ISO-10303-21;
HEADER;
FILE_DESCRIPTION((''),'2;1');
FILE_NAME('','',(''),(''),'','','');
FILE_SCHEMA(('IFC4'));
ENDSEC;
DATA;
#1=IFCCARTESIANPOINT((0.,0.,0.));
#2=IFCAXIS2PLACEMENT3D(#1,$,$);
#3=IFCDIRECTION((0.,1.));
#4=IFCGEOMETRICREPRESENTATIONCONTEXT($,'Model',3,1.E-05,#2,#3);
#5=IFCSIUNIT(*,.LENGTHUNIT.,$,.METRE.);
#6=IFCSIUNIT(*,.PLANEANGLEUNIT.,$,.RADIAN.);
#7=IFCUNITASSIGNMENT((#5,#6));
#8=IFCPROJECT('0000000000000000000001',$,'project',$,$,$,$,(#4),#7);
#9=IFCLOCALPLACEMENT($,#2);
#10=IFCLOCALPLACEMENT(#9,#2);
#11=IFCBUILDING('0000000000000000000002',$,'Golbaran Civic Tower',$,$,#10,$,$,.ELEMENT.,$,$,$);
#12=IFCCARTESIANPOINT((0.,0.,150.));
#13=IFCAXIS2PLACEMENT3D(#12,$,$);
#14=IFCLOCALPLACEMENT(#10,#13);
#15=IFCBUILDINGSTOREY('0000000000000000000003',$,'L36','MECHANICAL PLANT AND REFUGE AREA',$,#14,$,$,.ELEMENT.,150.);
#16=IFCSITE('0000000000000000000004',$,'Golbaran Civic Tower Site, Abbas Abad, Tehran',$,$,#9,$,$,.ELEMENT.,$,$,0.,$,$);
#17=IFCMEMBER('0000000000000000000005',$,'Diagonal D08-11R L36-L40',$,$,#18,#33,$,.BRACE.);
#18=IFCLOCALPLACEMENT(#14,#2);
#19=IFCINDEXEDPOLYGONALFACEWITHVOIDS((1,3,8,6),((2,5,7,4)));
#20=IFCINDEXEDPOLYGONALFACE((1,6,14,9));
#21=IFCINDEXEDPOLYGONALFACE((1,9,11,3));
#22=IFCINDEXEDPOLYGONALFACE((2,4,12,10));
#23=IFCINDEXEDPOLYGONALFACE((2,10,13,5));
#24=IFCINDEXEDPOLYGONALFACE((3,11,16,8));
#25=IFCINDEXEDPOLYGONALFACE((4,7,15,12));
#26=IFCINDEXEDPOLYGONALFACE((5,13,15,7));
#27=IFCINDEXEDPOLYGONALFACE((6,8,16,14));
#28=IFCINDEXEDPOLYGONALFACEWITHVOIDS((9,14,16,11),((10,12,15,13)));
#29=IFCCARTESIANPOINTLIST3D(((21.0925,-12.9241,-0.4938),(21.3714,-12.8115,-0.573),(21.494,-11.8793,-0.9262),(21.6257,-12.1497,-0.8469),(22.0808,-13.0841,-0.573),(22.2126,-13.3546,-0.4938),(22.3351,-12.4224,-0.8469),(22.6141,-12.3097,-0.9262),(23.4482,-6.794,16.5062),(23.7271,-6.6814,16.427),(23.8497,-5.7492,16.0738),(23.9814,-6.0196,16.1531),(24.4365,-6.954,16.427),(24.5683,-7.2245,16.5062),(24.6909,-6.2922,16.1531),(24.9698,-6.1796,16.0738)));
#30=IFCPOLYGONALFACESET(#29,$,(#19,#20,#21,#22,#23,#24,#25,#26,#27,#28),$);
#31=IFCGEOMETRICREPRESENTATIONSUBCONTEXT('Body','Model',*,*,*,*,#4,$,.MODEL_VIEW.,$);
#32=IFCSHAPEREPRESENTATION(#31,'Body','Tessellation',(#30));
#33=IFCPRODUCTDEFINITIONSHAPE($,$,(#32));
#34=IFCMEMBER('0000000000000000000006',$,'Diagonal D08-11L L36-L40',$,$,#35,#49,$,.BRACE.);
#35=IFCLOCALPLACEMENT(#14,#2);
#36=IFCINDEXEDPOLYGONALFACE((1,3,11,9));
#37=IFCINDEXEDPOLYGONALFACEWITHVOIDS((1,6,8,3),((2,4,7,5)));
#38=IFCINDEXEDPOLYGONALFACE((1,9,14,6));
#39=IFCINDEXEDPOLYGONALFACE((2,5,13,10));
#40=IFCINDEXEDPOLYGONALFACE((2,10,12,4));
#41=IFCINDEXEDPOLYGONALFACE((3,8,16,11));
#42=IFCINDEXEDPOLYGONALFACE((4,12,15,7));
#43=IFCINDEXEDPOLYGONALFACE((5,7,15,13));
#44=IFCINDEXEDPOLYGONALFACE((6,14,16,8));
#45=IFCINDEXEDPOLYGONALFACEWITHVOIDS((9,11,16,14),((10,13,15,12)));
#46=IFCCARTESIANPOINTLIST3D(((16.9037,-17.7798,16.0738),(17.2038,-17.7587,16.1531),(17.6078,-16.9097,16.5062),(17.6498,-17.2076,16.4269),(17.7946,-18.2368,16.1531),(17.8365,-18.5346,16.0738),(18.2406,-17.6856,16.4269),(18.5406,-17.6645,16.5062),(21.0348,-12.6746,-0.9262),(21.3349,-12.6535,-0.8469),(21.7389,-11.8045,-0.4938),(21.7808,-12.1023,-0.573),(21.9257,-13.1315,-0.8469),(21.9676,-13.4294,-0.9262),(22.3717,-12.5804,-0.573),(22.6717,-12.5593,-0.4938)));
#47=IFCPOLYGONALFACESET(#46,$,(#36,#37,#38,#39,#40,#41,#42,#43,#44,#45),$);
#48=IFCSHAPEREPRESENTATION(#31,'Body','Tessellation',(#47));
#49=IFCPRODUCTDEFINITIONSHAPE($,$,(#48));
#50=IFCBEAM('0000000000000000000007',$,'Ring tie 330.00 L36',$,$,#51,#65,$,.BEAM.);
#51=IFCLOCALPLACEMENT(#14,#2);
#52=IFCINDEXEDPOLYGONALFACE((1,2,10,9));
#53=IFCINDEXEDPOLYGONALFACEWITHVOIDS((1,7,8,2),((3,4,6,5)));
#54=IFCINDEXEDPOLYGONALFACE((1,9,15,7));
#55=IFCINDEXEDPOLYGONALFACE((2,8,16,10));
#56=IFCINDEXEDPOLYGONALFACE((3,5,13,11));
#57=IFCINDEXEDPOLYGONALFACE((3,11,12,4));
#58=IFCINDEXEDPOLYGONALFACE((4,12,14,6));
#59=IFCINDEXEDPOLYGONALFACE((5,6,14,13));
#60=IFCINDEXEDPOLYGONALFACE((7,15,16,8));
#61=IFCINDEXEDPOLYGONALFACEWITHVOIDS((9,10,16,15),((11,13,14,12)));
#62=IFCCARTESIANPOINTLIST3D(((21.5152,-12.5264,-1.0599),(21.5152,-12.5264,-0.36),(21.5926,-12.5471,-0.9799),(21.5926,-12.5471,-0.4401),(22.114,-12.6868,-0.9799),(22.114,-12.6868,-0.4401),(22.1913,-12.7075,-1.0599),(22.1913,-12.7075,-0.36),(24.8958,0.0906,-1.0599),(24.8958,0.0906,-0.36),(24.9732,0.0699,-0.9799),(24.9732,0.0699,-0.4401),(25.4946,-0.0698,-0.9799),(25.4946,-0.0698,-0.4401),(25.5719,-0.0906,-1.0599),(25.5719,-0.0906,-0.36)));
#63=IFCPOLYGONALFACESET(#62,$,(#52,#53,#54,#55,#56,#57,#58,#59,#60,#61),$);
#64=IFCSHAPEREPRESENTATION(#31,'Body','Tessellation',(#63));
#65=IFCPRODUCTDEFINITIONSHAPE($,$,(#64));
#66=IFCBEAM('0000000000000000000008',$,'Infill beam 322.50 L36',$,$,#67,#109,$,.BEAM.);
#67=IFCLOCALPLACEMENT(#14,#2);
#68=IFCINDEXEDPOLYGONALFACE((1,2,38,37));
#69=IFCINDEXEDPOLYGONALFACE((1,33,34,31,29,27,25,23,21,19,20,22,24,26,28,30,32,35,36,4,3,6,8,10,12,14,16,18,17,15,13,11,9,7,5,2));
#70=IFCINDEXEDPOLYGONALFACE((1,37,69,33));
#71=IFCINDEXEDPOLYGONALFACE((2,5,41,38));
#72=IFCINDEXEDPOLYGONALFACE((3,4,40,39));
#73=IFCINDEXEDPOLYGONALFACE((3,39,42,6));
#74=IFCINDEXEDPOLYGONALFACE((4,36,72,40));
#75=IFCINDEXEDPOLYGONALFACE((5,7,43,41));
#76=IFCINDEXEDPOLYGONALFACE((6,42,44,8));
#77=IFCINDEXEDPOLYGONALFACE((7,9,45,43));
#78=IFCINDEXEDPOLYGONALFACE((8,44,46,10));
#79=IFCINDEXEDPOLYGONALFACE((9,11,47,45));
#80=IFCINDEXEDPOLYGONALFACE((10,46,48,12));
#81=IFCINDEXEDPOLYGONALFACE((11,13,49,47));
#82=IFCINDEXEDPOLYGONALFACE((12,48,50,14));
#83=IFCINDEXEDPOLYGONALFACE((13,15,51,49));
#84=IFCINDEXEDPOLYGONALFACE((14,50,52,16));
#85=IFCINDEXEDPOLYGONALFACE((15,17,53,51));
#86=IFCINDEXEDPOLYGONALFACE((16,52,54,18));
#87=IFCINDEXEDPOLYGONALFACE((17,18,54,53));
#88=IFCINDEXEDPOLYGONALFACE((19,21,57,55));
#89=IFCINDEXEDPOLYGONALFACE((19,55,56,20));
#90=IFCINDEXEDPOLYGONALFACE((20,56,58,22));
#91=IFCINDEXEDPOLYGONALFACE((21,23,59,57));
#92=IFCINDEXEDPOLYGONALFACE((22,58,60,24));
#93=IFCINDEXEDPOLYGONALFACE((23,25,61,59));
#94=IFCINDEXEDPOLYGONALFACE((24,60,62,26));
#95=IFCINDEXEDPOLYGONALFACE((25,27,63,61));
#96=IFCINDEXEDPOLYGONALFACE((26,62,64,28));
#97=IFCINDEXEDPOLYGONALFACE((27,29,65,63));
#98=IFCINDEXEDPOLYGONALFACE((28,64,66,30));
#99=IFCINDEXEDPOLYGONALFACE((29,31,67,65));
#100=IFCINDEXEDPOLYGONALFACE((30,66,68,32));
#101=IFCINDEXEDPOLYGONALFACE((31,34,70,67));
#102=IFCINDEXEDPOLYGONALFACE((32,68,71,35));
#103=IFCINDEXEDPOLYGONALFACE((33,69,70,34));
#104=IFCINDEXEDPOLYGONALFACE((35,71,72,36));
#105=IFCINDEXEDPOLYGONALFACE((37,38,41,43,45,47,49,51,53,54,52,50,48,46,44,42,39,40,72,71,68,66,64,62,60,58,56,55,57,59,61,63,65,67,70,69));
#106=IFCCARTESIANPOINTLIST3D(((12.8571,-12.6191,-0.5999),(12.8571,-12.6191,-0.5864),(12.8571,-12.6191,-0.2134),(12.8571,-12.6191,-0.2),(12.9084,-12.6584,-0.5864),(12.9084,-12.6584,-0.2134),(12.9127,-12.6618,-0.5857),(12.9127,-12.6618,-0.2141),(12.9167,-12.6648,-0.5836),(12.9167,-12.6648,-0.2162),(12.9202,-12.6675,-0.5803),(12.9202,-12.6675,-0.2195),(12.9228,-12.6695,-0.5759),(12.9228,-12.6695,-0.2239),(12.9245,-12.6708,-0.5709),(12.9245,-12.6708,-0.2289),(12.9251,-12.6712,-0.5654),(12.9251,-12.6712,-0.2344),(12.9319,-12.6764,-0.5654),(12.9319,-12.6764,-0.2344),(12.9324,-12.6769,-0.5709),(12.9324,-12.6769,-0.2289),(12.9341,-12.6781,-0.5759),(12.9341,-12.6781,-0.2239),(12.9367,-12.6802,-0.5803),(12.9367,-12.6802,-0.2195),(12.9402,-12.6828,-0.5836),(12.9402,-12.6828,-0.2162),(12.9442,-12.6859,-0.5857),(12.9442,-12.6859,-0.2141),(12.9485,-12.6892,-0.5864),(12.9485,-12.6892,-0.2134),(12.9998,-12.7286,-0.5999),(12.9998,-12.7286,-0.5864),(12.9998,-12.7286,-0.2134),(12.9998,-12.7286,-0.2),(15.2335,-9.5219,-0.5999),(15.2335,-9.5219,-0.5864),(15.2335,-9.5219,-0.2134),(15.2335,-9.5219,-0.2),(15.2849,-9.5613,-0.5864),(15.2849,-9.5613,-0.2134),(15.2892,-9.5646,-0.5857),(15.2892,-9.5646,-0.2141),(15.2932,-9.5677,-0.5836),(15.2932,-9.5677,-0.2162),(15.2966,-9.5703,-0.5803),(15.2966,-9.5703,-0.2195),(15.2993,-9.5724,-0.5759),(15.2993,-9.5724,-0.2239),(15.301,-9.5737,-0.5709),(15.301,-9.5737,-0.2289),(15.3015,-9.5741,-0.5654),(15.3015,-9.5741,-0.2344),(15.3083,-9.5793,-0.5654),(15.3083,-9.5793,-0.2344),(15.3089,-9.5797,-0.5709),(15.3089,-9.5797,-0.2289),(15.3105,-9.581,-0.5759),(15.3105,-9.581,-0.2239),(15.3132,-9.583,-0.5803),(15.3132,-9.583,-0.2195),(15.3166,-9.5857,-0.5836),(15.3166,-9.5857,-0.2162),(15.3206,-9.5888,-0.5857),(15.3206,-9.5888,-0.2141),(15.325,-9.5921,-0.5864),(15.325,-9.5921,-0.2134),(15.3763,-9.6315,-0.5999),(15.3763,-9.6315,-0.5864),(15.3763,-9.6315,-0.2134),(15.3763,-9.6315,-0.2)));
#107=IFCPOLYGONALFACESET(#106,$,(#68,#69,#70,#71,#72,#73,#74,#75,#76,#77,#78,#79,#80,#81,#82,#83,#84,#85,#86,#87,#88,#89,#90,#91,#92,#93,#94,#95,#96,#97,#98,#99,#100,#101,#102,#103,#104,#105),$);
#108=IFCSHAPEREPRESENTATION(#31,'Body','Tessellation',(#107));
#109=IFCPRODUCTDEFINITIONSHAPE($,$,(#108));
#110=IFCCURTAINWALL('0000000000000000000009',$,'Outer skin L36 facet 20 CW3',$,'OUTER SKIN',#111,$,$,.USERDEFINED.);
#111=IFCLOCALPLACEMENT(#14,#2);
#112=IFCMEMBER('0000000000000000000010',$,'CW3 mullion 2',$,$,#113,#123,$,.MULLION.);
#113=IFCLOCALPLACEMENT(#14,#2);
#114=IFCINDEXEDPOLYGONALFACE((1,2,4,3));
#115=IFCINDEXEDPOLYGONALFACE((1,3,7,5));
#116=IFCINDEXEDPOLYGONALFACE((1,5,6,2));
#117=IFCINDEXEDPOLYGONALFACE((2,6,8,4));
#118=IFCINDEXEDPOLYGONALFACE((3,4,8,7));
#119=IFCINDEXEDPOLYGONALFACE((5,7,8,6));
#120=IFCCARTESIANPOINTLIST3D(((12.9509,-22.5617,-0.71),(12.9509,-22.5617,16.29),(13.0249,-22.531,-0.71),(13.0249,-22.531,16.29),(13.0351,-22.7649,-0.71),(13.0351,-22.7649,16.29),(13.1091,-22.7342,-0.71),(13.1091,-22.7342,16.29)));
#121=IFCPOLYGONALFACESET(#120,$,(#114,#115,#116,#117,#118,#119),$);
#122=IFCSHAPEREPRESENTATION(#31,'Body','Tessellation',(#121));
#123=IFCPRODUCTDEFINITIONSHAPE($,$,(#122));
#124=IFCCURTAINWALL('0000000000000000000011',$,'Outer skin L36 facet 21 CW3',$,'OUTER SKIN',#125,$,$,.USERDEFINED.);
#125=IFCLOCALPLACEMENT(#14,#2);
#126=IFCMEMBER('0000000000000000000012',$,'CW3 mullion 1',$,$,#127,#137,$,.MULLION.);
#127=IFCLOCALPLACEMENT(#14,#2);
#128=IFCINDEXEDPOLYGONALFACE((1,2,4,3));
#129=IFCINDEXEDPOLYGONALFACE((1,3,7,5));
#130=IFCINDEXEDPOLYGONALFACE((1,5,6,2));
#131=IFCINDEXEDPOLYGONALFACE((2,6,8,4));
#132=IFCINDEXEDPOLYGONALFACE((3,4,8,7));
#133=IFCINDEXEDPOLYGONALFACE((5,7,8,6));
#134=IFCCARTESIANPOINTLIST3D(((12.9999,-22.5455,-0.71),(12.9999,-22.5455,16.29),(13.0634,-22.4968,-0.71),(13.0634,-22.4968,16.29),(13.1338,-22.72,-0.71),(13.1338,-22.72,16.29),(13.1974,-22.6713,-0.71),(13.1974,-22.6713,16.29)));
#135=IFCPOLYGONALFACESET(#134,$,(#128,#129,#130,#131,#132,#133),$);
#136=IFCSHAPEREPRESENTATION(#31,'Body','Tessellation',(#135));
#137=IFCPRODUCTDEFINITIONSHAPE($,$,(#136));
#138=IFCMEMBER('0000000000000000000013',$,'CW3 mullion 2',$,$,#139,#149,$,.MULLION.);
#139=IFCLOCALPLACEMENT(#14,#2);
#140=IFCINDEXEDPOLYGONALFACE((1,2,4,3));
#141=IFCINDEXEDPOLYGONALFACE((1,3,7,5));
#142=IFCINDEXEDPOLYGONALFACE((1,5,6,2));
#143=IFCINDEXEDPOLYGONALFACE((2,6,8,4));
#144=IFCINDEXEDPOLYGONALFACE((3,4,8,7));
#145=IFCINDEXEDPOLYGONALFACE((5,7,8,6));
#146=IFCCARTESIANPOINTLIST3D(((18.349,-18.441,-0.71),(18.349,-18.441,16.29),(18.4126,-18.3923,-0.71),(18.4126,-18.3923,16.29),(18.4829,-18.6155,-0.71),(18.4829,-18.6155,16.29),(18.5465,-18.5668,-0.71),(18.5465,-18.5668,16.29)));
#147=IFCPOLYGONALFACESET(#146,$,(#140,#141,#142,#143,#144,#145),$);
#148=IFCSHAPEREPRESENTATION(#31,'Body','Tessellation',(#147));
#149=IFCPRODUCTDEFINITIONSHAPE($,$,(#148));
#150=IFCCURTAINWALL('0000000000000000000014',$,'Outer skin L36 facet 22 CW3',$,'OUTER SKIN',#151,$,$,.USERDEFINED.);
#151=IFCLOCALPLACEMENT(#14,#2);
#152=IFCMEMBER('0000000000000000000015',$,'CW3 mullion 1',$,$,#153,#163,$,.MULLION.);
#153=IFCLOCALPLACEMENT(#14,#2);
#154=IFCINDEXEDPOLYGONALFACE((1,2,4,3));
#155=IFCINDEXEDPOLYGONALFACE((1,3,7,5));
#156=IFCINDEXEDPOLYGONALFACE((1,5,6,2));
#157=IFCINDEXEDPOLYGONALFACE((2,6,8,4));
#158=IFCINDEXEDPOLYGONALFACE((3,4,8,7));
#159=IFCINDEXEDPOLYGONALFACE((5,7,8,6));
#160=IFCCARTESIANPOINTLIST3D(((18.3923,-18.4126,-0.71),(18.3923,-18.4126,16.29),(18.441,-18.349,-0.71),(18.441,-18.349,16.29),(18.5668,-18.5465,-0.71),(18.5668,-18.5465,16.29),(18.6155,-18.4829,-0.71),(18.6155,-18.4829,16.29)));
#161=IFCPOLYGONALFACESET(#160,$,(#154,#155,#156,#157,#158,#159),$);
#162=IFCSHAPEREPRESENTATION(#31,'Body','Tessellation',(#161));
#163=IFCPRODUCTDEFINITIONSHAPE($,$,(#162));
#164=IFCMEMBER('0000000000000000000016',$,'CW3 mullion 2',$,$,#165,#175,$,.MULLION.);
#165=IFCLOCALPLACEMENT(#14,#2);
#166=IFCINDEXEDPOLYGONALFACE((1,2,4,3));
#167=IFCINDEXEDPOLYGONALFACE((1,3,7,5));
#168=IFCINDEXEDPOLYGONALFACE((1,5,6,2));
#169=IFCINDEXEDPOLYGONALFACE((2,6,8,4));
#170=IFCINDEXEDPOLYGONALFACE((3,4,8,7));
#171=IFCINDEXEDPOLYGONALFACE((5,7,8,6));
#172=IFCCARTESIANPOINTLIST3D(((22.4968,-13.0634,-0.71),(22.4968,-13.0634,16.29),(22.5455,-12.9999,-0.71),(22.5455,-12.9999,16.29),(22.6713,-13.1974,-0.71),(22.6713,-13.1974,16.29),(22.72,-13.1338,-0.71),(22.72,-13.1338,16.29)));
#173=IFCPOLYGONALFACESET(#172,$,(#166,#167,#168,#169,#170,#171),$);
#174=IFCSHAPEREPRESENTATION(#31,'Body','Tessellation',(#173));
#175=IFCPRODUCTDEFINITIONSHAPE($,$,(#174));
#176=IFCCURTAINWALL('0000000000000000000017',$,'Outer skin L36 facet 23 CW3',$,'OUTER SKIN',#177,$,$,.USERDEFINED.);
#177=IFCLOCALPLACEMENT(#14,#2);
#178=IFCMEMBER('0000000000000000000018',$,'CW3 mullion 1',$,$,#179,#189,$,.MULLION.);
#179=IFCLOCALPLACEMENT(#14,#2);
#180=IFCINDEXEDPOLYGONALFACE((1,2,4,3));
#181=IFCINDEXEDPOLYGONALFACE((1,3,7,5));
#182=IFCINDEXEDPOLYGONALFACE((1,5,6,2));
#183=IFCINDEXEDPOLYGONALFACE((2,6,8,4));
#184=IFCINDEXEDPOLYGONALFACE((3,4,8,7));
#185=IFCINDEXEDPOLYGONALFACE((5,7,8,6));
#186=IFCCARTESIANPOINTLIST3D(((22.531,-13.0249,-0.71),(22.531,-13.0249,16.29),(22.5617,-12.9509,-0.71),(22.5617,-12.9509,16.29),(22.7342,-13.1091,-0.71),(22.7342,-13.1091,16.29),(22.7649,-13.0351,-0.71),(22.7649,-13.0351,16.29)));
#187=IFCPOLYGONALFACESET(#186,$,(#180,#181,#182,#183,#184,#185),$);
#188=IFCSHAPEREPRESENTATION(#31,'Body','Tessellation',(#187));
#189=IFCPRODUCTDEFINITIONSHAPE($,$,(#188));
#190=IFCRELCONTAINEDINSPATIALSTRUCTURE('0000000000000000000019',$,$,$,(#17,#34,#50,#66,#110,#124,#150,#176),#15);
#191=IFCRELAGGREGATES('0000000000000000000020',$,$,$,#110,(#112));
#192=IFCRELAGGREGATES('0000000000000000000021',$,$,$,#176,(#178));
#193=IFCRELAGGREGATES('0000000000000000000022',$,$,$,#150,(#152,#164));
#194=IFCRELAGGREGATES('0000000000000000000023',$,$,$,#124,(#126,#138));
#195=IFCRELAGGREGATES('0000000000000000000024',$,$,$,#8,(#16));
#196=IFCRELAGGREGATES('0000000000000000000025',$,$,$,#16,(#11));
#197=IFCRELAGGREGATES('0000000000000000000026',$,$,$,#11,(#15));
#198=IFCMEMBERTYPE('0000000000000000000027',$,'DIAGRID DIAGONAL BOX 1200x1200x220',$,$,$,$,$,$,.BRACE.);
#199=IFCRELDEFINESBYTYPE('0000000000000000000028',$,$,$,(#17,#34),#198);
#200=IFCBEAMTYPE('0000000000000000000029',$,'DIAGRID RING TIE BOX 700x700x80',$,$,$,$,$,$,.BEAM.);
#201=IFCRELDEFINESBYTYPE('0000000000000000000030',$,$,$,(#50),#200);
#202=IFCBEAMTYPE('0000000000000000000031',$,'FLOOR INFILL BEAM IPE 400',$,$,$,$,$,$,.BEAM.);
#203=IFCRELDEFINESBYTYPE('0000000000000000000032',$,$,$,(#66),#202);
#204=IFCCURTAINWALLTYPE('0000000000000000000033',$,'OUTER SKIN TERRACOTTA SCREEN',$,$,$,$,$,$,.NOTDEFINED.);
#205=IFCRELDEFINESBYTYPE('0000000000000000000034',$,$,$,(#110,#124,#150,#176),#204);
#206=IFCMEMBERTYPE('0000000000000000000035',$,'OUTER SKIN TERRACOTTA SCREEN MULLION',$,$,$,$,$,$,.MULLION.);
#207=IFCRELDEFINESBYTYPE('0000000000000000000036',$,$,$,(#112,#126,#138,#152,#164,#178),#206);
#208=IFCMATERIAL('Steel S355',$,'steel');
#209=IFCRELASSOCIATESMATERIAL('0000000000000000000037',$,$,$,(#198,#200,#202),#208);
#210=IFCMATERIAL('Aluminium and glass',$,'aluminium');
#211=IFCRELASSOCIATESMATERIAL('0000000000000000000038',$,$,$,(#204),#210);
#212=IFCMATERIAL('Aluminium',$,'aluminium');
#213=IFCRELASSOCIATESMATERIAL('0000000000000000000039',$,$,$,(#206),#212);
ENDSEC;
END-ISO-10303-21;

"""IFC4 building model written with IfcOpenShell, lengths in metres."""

from ifc_helpers import new_model, si_unit, direction, frame, origin, origin_2d, place, context, subcontext, project, spatial, rectangle, hollow_rectangle, i_section, extrude, material, material_profile, profile_set, type_object, element, aggregate, save


model = new_model("IFC4")

# Units and contexts
model_context = context("Model", 3, precision=1e-05, world=origin(), true_north=direction((0.0, 1.0)))
body_context = subcontext(model_context, "Body", "Model", "MODEL_VIEW")
ifc_project = project(units=[si_unit("LENGTHUNIT", "METRE"), si_unit("PLANEANGLEUNIT", "RADIAN")], contexts=[model_context])

# Site, building, storey
site_placement = place(None, origin())
site = spatial("IfcSite", under=ifc_project, at=site_placement, Name="Golbaran Civic Tower Site, Abbas Abad, Tehran", CompositionType="ELEMENT", RefElevation=0.0)
building_placement = place(site_placement, origin())
building = spatial("IfcBuilding", under=site, at=building_placement, Name="Golbaran Civic Tower", CompositionType="ELEMENT")
storey_placement = place(building_placement, frame((0.0, 0.0, 150.0)))
storey = spatial("IfcBuildingStorey", under=building, at=storey_placement, Name="L36", Description="MECHANICAL PLANT AND REFUGE AREA", CompositionType="ELEMENT", Elevation=150.0)

# Members
ifc_material_1 = material(Name="Steel S355", Category="steel")
ifc_material_profile_1 = material_profile(ifc_material_1, hollow_rectangle(XDim=1.2, YDim=1.2, WallThickness=0.22, at=origin_2d()), Name="BOX 1200x1200x220")
ifc_profile_set_1 = profile_set([ifc_material_profile_1], Name="Steel S355")
member_type_1 = type_object("IfcMemberType", Name="DIAGRID DIAGONAL BOX 1200x1200x220", PredefinedType="BRACE", material=ifc_profile_set_1)
for number, where, z_axis, x_axis, name in (
    (1, (21.8533, -12.6169, -0.71), (0.129262, 0.33637, 0.932817), (-0.933449, 0.35871, 0.0), "Diagonal D08-11R L36-L40"),
    (2, (21.8533, -12.6169, -0.71), (-0.22668, -0.280131, 0.932815), (0.777371, -0.629042, 0.0), "Diagonal D08-11L L36-L40"),
):
    element("IfcMember", number, at=place(storey_placement, frame(where, z_axis=z_axis, x_axis=x_axis)), inside=storey, type_object=member_type_1, Name=name, PredefinedType="BRACE", context=body_context, shape_type="SweptSolid", body=[
        extrude(hollow_rectangle(XDim=1.2, YDim=1.2, WallThickness=0.22, at=origin_2d()), origin(), (0.0, 0.0, 1.0), 18.2244),
    ])

# Beams
ifc_material_profile_2 = material_profile(ifc_material_1, hollow_rectangle(XDim=0.7, YDim=0.7, WallThickness=0.0801, at=origin_2d()), Name="BOX 700x700x80")
ifc_profile_set_2 = profile_set([ifc_material_profile_2], Name="Steel S355")
beam_type_1 = type_object("IfcBeamType", Name="DIAGRID RING TIE BOX 700x700x80", PredefinedType="BEAM", material=ifc_profile_set_2)
beam_1_placement = place(storey_placement, frame((21.8533, -12.6169, -0.71), z_axis=(0.258813, 0.965927, 0.0), x_axis=(-0.965927, 0.258813, 0.0)))
element("IfcBeam", 3, at=beam_1_placement, inside=storey, type_object=beam_type_1, Name="Ring tie 330.00 L36", PredefinedType="BEAM", context=body_context, shape_type="SweptSolid", body=[
    extrude(hollow_rectangle(XDim=0.7, YDim=0.7, WallThickness=0.0801, at=origin_2d()), origin(), (0.0, 0.0, 1.0), 13.062),
])
ifc_material_profile_3 = material_profile(ifc_material_1, i_section(OverallWidth=0.1799, OverallDepth=0.3999, WebThickness=0.0085, FlangeThickness=0.0134, FilletRadius=0.021, at=origin_2d()), Name="IPE 400")
ifc_profile_set_3 = profile_set([ifc_material_profile_3], Name="Steel S355")
beam_type_2 = type_object("IfcBeamType", Name="FLOOR INFILL BEAM IPE 400", PredefinedType="BEAM", material=ifc_profile_set_3)
beam_2_placement = place(storey_placement, frame((12.9285, -12.6738, -0.3999), z_axis=(0.608749, 0.793363, 0.0), x_axis=(-0.793363, 0.608749, 0.0)))
element("IfcBeam", 4, at=beam_2_placement, inside=storey, type_object=beam_type_2, Name="Infill beam 322.50 L36", PredefinedType="BEAM", context=body_context, shape_type="SweptSolid", body=[
    extrude(i_section(OverallWidth=0.1799, OverallDepth=0.3999, WebThickness=0.0085, FlangeThickness=0.0134, FilletRadius=0.021, at=origin_2d()), origin(), (0.0, 0.0, 1.0), 3.9038),
])

# Curtain wall, member
ifc_material_2 = material(Name="Aluminium and glass", Category="aluminium")
curtain_wall_type_1 = type_object("IfcCurtainWallType", Name="OUTER SKIN TERRACOTTA SCREEN", PredefinedType="NOTDEFINED", material=ifc_material_2)
curtain_wall_1_placement = place(storey_placement, origin())
curtain_wall_1 = element("IfcCurtainWall", 5, at=curtain_wall_1_placement, inside=storey, type_object=curtain_wall_type_1, Name="Outer skin L36 facet 20 CW3", ObjectType="OUTER SKIN", PredefinedType="USERDEFINED")
ifc_material_3 = material(Name="Aluminium", Category="aluminium")
ifc_material_profile_4 = material_profile(ifc_material_3, rectangle(XDim=0.22, YDim=0.0801, at=origin_2d()), Name="OUTER SKIN TERRACOTTA SCREEN MULLION")
ifc_profile_set_4 = profile_set([ifc_material_profile_4], Name="Aluminium")
member_type_2 = type_object("IfcMemberType", Name="OUTER SKIN TERRACOTTA SCREEN MULLION", PredefinedType="MULLION", material=ifc_profile_set_4)
member_1_placement = place(storey_placement, frame((13.03, -22.6479, -0.71), z_axis=(0.0, 0.0, 1.0), x_axis=(-0.382683, 0.92388, 0.0)))
member_1 = element("IfcMember", 6, at=member_1_placement, type_object=member_type_2, Name="CW3 mullion 2", PredefinedType="MULLION", context=body_context, shape_type="SweptSolid", body=[
    extrude(rectangle(XDim=0.22, YDim=0.0801, at=origin_2d()), origin(), (0.0, 0.0, 1.0), 17.0),
])
aggregate(curtain_wall_1, [member_1])

# Curtain walls, members
curtain_wall_2_placement = place(storey_placement, origin())
curtain_wall_2 = element("IfcCurtainWall", 7, at=curtain_wall_2_placement, inside=storey, type_object=curtain_wall_type_1, Name="Outer skin L36 facet 21 CW3", ObjectType="OUTER SKIN", PredefinedType="USERDEFINED")
member_2_placement = place(storey_placement, frame((13.0986, -22.6084, -0.71), z_axis=(0.0, 0.0, 1.0), x_axis=(-0.608761, 0.793353, 0.0)))
member_2 = element("IfcMember", 8, at=member_2_placement, type_object=member_type_2, Name="CW3 mullion 1", PredefinedType="MULLION", context=body_context, shape_type="SweptSolid", body=[
    extrude(rectangle(XDim=0.22, YDim=0.0801, at=origin_2d()), origin(), (0.0, 0.0, 1.0), 17.0),
])
member_3_placement = place(storey_placement, frame((18.4478, -18.5039, -0.71), z_axis=(0.0, 0.0, 1.0), x_axis=(-0.608761, 0.793353, 0.0)))
member_3 = element("IfcMember", 9, at=member_3_placement, type_object=member_type_2, Name="CW3 mullion 2", PredefinedType="MULLION", context=body_context, shape_type="SweptSolid", body=[
    extrude(rectangle(XDim=0.22, YDim=0.0801, at=origin_2d()), origin(), (0.0, 0.0, 1.0), 17.0),
])
curtain_wall_3_placement = place(storey_placement, origin())
curtain_wall_3 = element("IfcCurtainWall", 10, at=curtain_wall_3_placement, inside=storey, type_object=curtain_wall_type_1, Name="Outer skin L36 facet 22 CW3", ObjectType="OUTER SKIN", PredefinedType="USERDEFINED")
member_4_placement = place(storey_placement, frame((18.5039, -18.4478, -0.71), z_axis=(0.0, 0.0, 1.0), x_axis=(-0.793353, 0.608761, 0.0)))
member_4 = element("IfcMember", 11, at=member_4_placement, type_object=member_type_2, Name="CW3 mullion 1", PredefinedType="MULLION", context=body_context, shape_type="SweptSolid", body=[
    extrude(rectangle(XDim=0.22, YDim=0.0801, at=origin_2d()), origin(), (0.0, 0.0, 1.0), 17.0),
])
member_5_placement = place(storey_placement, frame((22.6084, -13.0986, -0.71), z_axis=(0.0, 0.0, 1.0), x_axis=(-0.793353, 0.608761, 0.0)))
member_5 = element("IfcMember", 12, at=member_5_placement, type_object=member_type_2, Name="CW3 mullion 2", PredefinedType="MULLION", context=body_context, shape_type="SweptSolid", body=[
    extrude(rectangle(XDim=0.22, YDim=0.0801, at=origin_2d()), origin(), (0.0, 0.0, 1.0), 17.0),
])

# Curtain wall, member
curtain_wall_4_placement = place(storey_placement, origin())
curtain_wall_4 = element("IfcCurtainWall", 13, at=curtain_wall_4_placement, inside=storey, type_object=curtain_wall_type_1, Name="Outer skin L36 facet 23 CW3", ObjectType="OUTER SKIN", PredefinedType="USERDEFINED")
member_6_placement = place(storey_placement, frame((22.6479, -13.03, -0.71), z_axis=(0.0, 0.0, 1.0), x_axis=(-0.92388, 0.382683, 0.0)))
member_6 = element("IfcMember", 14, at=member_6_placement, type_object=member_type_2, Name="CW3 mullion 1", PredefinedType="MULLION", context=body_context, shape_type="SweptSolid", body=[
    extrude(rectangle(XDim=0.22, YDim=0.0801, at=origin_2d()), origin(), (0.0, 0.0, 1.0), 17.0),
])

aggregate(curtain_wall_4, [member_6])

aggregate(curtain_wall_3, [member_4, member_5])
aggregate(curtain_wall_2, [member_2, member_3])

save(model, "model.ifc")
